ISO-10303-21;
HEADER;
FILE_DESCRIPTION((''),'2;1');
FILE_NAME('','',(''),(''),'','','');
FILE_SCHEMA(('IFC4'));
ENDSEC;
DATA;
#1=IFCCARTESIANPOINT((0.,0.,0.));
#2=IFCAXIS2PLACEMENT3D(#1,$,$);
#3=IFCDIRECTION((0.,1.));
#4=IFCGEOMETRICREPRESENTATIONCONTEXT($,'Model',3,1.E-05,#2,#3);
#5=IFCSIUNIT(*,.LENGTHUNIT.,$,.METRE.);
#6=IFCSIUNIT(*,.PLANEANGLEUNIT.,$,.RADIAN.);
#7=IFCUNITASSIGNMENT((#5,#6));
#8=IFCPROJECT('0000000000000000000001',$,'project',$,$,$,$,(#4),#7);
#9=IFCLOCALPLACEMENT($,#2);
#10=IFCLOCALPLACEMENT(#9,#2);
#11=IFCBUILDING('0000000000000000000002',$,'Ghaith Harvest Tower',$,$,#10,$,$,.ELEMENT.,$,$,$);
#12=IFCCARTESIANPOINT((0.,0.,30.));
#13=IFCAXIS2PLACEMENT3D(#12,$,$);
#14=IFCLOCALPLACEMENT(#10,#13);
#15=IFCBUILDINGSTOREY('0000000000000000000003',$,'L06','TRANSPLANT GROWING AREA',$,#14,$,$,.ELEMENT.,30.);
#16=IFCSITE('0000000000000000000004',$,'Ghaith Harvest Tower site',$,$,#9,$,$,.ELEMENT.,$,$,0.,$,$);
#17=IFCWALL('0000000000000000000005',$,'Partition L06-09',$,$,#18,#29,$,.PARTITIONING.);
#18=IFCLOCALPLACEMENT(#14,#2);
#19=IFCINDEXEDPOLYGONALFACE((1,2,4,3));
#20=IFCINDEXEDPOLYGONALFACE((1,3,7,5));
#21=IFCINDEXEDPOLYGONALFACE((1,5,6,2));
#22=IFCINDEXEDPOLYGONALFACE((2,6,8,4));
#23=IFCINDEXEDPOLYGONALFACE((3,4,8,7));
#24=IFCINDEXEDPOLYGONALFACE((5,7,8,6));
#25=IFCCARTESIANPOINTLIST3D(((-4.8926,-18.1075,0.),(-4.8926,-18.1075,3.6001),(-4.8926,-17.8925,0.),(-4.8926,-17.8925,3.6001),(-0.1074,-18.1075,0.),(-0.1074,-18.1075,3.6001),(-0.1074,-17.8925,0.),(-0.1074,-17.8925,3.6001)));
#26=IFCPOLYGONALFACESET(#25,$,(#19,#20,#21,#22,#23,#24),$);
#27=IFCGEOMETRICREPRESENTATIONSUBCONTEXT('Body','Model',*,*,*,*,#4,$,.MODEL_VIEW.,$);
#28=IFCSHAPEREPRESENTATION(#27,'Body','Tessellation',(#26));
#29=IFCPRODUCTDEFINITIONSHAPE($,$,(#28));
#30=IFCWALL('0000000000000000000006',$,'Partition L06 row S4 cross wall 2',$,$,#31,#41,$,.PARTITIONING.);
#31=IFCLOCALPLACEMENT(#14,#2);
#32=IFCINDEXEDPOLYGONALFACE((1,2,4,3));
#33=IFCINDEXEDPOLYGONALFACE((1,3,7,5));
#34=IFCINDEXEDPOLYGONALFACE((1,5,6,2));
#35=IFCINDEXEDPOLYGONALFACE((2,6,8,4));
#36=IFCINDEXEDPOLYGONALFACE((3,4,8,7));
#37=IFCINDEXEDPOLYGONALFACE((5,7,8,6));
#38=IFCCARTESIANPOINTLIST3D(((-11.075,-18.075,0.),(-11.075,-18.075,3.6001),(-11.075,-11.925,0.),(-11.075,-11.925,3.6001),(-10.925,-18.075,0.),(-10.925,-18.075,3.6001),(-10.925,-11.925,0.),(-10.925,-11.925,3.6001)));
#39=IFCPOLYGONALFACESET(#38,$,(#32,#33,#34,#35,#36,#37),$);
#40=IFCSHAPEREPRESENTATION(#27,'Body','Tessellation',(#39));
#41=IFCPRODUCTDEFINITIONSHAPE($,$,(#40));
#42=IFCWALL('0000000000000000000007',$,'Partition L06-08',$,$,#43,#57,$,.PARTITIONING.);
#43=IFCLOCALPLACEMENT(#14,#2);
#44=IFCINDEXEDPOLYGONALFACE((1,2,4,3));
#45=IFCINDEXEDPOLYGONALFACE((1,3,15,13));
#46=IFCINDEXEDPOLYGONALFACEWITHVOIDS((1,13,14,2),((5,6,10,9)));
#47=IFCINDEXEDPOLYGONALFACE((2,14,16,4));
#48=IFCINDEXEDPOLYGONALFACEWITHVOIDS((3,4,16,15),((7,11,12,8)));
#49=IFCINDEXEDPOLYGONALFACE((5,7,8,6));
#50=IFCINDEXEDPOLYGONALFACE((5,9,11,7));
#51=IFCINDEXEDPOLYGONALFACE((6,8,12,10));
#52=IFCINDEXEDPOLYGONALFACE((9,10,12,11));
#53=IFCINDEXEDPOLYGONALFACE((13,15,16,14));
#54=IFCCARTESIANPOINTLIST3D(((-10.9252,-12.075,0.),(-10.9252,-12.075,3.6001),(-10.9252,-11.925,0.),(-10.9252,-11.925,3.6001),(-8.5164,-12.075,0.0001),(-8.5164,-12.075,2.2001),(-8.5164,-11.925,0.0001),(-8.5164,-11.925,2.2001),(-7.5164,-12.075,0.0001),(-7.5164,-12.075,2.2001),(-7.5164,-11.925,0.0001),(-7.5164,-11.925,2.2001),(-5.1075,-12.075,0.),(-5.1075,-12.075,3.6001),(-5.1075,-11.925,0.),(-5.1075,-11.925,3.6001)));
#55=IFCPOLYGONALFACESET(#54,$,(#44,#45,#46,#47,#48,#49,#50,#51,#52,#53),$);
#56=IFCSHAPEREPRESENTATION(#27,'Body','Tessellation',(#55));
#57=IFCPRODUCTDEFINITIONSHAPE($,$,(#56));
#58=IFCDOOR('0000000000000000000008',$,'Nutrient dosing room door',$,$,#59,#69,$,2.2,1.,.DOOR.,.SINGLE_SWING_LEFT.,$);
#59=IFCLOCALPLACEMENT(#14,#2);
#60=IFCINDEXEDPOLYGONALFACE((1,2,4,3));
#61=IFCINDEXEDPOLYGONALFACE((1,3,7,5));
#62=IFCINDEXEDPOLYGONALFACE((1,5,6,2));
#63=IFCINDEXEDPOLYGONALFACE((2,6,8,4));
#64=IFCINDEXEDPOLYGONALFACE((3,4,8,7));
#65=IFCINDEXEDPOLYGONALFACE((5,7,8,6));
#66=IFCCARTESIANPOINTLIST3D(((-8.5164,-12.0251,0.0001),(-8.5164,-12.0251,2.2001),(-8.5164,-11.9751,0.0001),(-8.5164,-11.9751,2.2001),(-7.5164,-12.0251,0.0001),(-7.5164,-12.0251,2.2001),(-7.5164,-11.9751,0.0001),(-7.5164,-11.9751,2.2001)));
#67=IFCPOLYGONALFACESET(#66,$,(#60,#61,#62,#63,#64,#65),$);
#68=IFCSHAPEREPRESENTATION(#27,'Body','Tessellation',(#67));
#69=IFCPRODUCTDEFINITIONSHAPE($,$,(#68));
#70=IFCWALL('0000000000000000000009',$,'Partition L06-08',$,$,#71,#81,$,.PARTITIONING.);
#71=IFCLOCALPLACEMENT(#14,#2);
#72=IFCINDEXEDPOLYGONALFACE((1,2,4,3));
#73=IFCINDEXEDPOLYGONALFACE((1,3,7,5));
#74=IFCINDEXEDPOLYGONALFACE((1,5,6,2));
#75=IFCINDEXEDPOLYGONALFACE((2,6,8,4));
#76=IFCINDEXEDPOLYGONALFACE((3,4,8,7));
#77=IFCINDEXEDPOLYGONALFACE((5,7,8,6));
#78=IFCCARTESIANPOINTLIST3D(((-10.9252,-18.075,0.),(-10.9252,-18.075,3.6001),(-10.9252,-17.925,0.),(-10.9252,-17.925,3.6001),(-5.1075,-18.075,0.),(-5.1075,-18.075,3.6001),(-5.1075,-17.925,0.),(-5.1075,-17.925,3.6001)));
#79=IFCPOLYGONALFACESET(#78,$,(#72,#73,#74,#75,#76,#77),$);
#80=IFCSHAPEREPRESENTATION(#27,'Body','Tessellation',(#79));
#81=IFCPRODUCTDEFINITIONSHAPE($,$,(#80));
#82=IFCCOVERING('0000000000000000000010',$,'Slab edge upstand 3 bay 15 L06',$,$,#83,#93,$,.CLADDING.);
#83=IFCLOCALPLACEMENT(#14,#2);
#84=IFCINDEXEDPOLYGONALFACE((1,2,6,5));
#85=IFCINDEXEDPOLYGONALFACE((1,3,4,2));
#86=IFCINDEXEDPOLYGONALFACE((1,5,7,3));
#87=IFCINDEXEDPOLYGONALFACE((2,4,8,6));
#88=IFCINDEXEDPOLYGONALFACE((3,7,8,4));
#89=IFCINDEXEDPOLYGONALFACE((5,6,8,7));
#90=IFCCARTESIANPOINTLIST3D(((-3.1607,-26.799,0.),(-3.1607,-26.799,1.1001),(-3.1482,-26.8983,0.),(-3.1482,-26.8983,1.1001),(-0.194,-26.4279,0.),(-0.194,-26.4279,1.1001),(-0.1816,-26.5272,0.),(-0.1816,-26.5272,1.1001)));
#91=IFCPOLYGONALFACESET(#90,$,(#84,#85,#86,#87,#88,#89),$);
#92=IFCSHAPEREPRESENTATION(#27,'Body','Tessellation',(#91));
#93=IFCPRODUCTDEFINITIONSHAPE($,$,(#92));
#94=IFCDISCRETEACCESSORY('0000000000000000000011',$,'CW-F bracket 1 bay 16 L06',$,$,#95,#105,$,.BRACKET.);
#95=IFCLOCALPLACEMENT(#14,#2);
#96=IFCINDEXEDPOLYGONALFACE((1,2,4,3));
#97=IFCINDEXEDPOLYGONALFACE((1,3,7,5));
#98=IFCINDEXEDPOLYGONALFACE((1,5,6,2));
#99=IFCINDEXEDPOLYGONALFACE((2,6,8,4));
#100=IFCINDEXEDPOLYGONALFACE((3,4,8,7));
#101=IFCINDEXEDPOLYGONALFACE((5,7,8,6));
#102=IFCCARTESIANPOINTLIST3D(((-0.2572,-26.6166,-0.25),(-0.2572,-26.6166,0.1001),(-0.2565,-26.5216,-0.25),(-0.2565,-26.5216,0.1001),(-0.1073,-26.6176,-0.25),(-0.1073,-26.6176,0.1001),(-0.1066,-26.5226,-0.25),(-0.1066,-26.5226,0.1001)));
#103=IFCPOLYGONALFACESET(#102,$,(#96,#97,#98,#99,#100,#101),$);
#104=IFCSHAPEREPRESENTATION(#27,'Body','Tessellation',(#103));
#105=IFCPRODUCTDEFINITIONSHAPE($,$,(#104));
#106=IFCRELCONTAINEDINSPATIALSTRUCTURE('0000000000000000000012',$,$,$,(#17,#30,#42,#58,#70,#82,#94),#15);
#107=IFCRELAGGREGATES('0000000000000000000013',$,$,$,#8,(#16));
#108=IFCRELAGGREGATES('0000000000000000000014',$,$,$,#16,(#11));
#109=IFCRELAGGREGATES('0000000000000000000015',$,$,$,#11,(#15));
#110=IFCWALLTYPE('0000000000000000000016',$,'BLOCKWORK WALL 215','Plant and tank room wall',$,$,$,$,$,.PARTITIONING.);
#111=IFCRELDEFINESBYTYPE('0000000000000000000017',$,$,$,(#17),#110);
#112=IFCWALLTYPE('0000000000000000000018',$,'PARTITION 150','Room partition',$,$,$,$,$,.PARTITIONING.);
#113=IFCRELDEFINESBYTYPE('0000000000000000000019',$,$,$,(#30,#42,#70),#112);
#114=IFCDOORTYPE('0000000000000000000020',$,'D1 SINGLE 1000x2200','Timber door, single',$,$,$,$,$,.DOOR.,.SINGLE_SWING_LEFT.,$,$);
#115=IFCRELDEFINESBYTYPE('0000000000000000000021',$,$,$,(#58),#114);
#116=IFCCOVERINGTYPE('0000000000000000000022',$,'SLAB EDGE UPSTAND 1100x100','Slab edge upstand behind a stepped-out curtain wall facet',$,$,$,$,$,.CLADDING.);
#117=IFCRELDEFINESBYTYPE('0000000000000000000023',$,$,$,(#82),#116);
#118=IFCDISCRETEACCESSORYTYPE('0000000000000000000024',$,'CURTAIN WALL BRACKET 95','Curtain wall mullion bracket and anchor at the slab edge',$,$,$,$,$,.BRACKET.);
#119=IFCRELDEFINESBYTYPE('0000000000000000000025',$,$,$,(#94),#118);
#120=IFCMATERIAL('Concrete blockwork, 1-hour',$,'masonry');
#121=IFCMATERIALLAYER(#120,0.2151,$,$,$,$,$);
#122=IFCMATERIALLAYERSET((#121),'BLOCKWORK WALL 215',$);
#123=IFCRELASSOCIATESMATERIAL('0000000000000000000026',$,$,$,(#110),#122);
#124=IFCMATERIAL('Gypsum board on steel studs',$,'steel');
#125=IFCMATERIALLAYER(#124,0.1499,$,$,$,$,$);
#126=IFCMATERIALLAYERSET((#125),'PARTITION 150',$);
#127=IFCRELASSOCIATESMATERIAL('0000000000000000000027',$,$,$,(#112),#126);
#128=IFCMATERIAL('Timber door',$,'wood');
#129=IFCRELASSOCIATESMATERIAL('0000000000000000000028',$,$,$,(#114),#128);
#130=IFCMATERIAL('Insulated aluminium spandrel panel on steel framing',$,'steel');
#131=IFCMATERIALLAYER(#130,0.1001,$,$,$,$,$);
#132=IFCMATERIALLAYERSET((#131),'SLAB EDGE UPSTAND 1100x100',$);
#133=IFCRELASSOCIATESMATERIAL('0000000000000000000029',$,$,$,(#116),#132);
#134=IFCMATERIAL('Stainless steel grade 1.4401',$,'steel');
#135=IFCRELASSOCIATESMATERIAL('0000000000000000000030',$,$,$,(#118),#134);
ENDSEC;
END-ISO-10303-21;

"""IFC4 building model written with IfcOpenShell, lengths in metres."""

from ifc_helpers import new_model, si_unit, direction, frame, frame_2d, origin, origin_2d, place, context, subcontext, project, spatial, rectangle, extrude, material, layer, layer_set, type_object, element, fill, save


model = new_model("IFC4")

# Units and contexts
model_context = context("Model", 3, precision=1e-05, world=origin(), true_north=direction((0.0, 1.0)))
body_context = subcontext(model_context, "Body", "Model", "MODEL_VIEW")
ifc_project = project(units=[si_unit("LENGTHUNIT", "METRE"), si_unit("PLANEANGLEUNIT", "RADIAN")], contexts=[model_context])

# Site, building, storey
site_placement = place(None, origin())
site = spatial("IfcSite", under=ifc_project, at=site_placement, Name="Ghaith Harvest Tower site", CompositionType="ELEMENT", RefElevation=0.0)
building_placement = place(site_placement, origin())
building = spatial("IfcBuilding", under=site, at=building_placement, Name="Ghaith Harvest Tower", CompositionType="ELEMENT")
storey_placement = place(building_placement, frame((0.0, 0.0, 30.0)))
storey = spatial("IfcBuildingStorey", under=building, at=storey_placement, Name="L06", Description="TRANSPLANT GROWING AREA", CompositionType="ELEMENT", Elevation=30.0)

# Shared definitions
ifc_material_1 = material(Name="Concrete blockwork, 1-hour", Category="masonry")
ifc_layer_1 = layer(ifc_material_1, 0.2151)
ifc_layer_set_1 = layer_set([ifc_layer_1], Name="BLOCKWORK WALL 215")
wall_type_1 = type_object("IfcWallType", Name="BLOCKWORK WALL 215", Description="Plant and tank room wall", PredefinedType="PARTITIONING", material=ifc_layer_set_1)

# Walls
wall_1_placement = place(storey_placement, frame((-4.8926, -18.0, 0.0), z_axis=(0.0, 0.0, 1.0), x_axis=(1.0, 0.0, 0.0)))
element("IfcWall", 1, at=wall_1_placement, inside=storey, type_object=wall_type_1, Name="Partition L06-09", PredefinedType="PARTITIONING", context=body_context, shape_type="SweptSolid", body=[
    extrude(rectangle(XDim=4.7852, YDim=0.2151, at=frame_2d((2.3926, 0.0))), origin(), (0.0, 0.0, 1.0), 3.6001),
])
ifc_material_2 = material(Name="Gypsum board on steel studs", Category="steel")
ifc_layer_2 = layer(ifc_material_2, 0.1499)
ifc_layer_set_2 = layer_set([ifc_layer_2], Name="PARTITION 150")
wall_type_2 = type_object("IfcWallType", Name="PARTITION 150", Description="Room partition", PredefinedType="PARTITIONING", material=ifc_layer_set_2)
wall_2_placement = place(storey_placement, frame((-11.0, -11.925, 0.0), z_axis=(0.0, 0.0, 1.0), x_axis=(0.0, -1.0, 0.0)))
element("IfcWall", 2, at=wall_2_placement, inside=storey, type_object=wall_type_2, Name="Partition L06 row S4 cross wall 2", PredefinedType="PARTITIONING", context=body_context, shape_type="SweptSolid", body=[
    extrude(rectangle(XDim=6.1499, YDim=0.1499, at=frame_2d((3.075, 0.0))), origin(), (0.0, 0.0, 1.0), 3.6001),
])

# Wall, opening, door
wall_3_placement = place(storey_placement, frame((-10.925, -12.0, 0.0), z_axis=(0.0, 0.0, 1.0), x_axis=(1.0, 0.0, 0.0)))
wall_3 = element("IfcWall", 3, at=wall_3_placement, inside=storey, type_object=wall_type_2, Name="Partition L06-08", PredefinedType="PARTITIONING", context=body_context, shape_type="SweptSolid", body=[
    extrude(rectangle(XDim=5.8176, YDim=0.1499, at=frame_2d((2.9087, 0.0))), origin(), (0.0, 0.0, 1.0), 3.6001),
])
opening_1_placement = place(wall_3_placement, frame((2.4087, 0.0, 0.0)))
opening_1 = element("IfcOpeningElement", 4, at=opening_1_placement, cuts=wall_3, PredefinedType="OPENING", context=body_context, shape_type="SweptSolid", body=[
    extrude(rectangle(XDim=1.0, YDim=2.2, at=frame_2d((0.5, 1.1001))), frame((0.0, 0.085, 0.0), z_axis=(0.0, -1.0, 0.0), x_axis=(1.0, 0.0, 0.0)), (0.0, 0.0, 1.0), 0.1699),
])
ifc_material_3 = material(Name="Timber door", Category="wood")
door_type_1 = type_object("IfcDoorType", Name="D1 SINGLE 1000x2200", Description="Timber door, single", OperationType="SINGLE_SWING_LEFT", PredefinedType="DOOR", material=ifc_material_3)
door_1_placement = place(opening_1_placement, origin())
door_1 = element("IfcDoor", 5, at=door_1_placement, inside=storey, type_object=door_type_1, Name="Nutrient dosing room door", OperationType="SINGLE_SWING_LEFT", OverallHeight=2.2, OverallWidth=1.0, PredefinedType="DOOR", context=body_context, shape_type="SweptSolid", body=[
    extrude(rectangle(XDim=1.0, YDim=2.2, at=frame_2d((0.5, 1.1001))), frame((0.0, 0.0249, 0.0), z_axis=(0.0, -1.0, 0.0), x_axis=(1.0, 0.0, 0.0)), (0.0, 0.0, 1.0), 0.05),
])
fill(opening_1, door_1)

# Wall
wall_4_placement = place(storey_placement, frame((-10.925, -18.0, 0.0), z_axis=(0.0, 0.0, 1.0), x_axis=(1.0, 0.0, 0.0)))
element("IfcWall", 6, at=wall_4_placement, inside=storey, type_object=wall_type_2, Name="Partition L06-08", PredefinedType="PARTITIONING", context=body_context, shape_type="SweptSolid", body=[
    extrude(rectangle(XDim=5.8176, YDim=0.1499, at=frame_2d((2.9087, 0.0))), origin(), (0.0, 0.0, 1.0), 3.6001),
])

# Covering
ifc_material_4 = material(Name="Insulated aluminium spandrel panel on steel framing", Category="steel")
ifc_layer_3 = layer(ifc_material_4, 0.1001)
ifc_layer_set_3 = layer_set([ifc_layer_3], Name="SLAB EDGE UPSTAND 1100x100")
covering_type = type_object("IfcCoveringType", Name="SLAB EDGE UPSTAND 1100x100", Description="Slab edge upstand behind a stepped-out curtain wall facet", PredefinedType="CLADDING", material=ifc_layer_set_3)
covering_placement = place(storey_placement, frame((-1.6711, -26.6631, 0.0), z_axis=(0.0, 0.0, 1.0), x_axis=(0.992265, 0.124139, 0.0)))
element("IfcCovering", 7, at=covering_placement, inside=storey, type_object=covering_type, Name="Slab edge upstand 3 bay 15 L06", PredefinedType="CLADDING", context=body_context, shape_type="SweptSolid", body=[
    extrude(rectangle(XDim=2.9897, YDim=0.1001, at=origin_2d()), origin(), (0.0, 0.0, 1.0), 1.1001),
])

# Discrete accessory
ifc_material_5 = material(Name="Stainless steel grade 1.4401", Category="steel")
discrete_accessory_type = type_object("IfcDiscreteAccessoryType", Name="CURTAIN WALL BRACKET 95", Description="Curtain wall mullion bracket and anchor at the slab edge", PredefinedType="BRACKET", material=ifc_material_5)
discrete_accessory_placement = place(storey_placement, frame((-0.1819, -26.5696, -0.25), z_axis=(0.0, 0.0, 1.0), x_axis=(-0.006844, -0.999977, 0.0)))
element("IfcDiscreteAccessory", 8, at=discrete_accessory_placement, inside=storey, type_object=discrete_accessory_type, Name="CW-F bracket 1 bay 16 L06", PredefinedType="BRACKET", context=body_context, shape_type="SweptSolid", body=[
    extrude(rectangle(XDim=0.095, YDim=0.1499, at=origin_2d()), origin(), (0.0, 0.0, 1.0), 0.3501),
])

save(model, "model.ifc")
